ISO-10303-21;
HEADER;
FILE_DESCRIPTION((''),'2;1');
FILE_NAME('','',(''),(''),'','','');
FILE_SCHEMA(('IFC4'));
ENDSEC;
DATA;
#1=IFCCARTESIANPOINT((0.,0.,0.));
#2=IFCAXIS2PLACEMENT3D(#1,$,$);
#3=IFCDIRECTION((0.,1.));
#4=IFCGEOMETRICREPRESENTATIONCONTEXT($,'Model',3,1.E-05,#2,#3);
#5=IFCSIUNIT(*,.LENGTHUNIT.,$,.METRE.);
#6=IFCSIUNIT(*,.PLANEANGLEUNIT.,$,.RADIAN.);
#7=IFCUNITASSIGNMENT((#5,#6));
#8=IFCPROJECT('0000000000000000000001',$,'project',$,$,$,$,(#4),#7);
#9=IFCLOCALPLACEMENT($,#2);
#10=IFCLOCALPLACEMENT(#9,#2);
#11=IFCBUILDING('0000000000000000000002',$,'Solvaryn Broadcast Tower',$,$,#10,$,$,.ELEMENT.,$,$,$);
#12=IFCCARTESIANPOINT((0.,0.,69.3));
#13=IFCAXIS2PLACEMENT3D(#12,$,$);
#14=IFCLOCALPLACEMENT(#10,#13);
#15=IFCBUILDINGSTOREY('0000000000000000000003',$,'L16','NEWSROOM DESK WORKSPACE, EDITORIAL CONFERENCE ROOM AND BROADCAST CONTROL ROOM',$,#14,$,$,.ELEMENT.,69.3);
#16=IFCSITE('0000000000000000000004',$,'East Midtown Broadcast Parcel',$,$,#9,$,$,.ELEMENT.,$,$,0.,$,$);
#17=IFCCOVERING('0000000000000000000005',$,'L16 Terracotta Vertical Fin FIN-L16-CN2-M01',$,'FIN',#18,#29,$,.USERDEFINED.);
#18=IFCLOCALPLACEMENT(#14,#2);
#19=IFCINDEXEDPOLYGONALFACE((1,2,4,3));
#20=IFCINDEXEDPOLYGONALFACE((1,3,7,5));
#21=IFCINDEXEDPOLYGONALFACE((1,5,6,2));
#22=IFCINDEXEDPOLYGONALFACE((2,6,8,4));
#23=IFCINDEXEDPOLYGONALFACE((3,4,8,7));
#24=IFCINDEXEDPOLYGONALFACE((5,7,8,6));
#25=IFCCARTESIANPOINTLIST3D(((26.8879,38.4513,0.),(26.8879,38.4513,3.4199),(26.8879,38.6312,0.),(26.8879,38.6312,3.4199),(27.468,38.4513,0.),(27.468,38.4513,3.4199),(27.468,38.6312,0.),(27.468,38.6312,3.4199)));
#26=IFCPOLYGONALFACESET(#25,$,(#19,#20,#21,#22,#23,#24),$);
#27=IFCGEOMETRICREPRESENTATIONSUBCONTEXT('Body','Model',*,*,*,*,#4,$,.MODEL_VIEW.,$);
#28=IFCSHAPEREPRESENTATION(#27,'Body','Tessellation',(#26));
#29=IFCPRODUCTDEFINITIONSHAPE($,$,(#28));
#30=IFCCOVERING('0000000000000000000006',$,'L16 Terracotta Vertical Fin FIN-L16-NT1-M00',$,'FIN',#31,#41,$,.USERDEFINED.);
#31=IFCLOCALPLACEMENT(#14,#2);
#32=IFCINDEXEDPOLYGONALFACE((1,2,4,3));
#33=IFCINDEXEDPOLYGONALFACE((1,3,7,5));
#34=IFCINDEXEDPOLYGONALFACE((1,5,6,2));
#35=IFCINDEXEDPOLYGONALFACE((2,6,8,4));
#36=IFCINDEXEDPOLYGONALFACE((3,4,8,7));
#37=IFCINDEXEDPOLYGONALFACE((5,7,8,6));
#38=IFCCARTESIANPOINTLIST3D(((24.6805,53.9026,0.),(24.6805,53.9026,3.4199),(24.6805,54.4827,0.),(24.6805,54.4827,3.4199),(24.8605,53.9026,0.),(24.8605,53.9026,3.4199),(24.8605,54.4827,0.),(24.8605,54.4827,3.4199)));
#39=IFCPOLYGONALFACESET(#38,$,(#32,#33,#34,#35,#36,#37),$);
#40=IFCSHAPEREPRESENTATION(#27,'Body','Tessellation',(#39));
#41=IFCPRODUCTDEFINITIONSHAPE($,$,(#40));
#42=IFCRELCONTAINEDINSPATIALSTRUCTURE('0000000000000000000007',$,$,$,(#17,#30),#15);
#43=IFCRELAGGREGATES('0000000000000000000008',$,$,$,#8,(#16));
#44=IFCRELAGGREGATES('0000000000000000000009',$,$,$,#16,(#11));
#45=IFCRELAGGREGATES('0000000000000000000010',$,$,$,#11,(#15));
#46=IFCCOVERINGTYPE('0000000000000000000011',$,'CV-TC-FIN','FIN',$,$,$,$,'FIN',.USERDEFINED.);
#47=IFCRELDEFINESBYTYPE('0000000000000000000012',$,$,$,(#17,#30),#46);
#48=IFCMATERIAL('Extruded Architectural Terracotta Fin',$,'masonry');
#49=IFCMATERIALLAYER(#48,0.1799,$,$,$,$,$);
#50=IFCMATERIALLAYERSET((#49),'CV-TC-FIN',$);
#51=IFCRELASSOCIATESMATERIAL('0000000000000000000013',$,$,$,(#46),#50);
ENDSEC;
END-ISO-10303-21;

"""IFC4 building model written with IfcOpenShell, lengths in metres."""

from ifc_helpers import new_model, si_unit, direction, frame, origin, origin_2d, place, context, subcontext, project, spatial, rectangle, extrude, material, layer, layer_set, type_object, element, save


model = new_model("IFC4")

# Units and contexts
model_context = context("Model", 3, precision=1e-05, world=origin(), true_north=direction((0.0, 1.0)))
body_context = subcontext(model_context, "Body", "Model", "MODEL_VIEW")
ifc_project = project(units=[si_unit("LENGTHUNIT", "METRE"), si_unit("PLANEANGLEUNIT", "RADIAN")], contexts=[model_context])

# Site, building, storey
site_placement = place(None, origin())
site = spatial("IfcSite", under=ifc_project, at=site_placement, Name="East Midtown Broadcast Parcel", CompositionType="ELEMENT", RefElevation=0.0)
building_placement = place(site_placement, origin())
building = spatial("IfcBuilding", under=site, at=building_placement, Name="Solvaryn Broadcast Tower", CompositionType="ELEMENT")
storey_placement = place(building_placement, frame((0.0, 0.0, 69.3)))
storey = spatial("IfcBuildingStorey", under=building, at=storey_placement, Name="L16", Description="NEWSROOM DESK WORKSPACE, EDITORIAL CONFERENCE ROOM AND BROADCAST CONTROL ROOM", CompositionType="ELEMENT", Elevation=69.3)

# Coverings
ifc_material_1 = material(Name="Extruded Architectural Terracotta Fin", Category="masonry")
ifc_layer_1 = layer(ifc_material_1, 0.1799)
ifc_layer_set_1 = layer_set([ifc_layer_1], Name="CV-TC-FIN")
covering_type = type_object("IfcCoveringType", Name="CV-TC-FIN", Description="FIN", ElementType="FIN", PredefinedType="USERDEFINED", material=ifc_layer_set_1)
for number, where, z_axis, x_axis, name in (
    (1, (27.178, 38.5413, 0.0), (0.0, 0.0, 1.0), (1.0, 0.0, 0.0), "L16 Terracotta Vertical Fin FIN-L16-CN2-M01"),
):
    element("IfcCovering", number, at=place(storey_placement, frame(where, z_axis=z_axis, x_axis=x_axis)), inside=storey, type_object=covering_type, Name=name, ObjectType="FIN", PredefinedType="USERDEFINED", context=body_context, shape_type="SweptSolid", body=[
        extrude(rectangle(XDim=0.5801, YDim=0.1799, at=origin_2d()), origin(), (0.0, 0.0, 1.0), 3.4199),
    ])
covering_1_placement = place(storey_placement, frame((24.7705, 54.1926, 0.0), z_axis=(0.0, 0.0, 1.0), x_axis=(1.0, 0.0, 0.0)))
element("IfcCovering", 2, at=covering_1_placement, inside=storey, type_object=covering_type, Name="L16 Terracotta Vertical Fin FIN-L16-NT1-M00", ObjectType="FIN", PredefinedType="USERDEFINED", context=body_context, shape_type="SweptSolid", body=[
    extrude(rectangle(XDim=0.1799, YDim=0.5801, at=origin_2d()), origin(), (0.0, 0.0, 1.0), 3.4199),
])

save(model, "model.ifc")
